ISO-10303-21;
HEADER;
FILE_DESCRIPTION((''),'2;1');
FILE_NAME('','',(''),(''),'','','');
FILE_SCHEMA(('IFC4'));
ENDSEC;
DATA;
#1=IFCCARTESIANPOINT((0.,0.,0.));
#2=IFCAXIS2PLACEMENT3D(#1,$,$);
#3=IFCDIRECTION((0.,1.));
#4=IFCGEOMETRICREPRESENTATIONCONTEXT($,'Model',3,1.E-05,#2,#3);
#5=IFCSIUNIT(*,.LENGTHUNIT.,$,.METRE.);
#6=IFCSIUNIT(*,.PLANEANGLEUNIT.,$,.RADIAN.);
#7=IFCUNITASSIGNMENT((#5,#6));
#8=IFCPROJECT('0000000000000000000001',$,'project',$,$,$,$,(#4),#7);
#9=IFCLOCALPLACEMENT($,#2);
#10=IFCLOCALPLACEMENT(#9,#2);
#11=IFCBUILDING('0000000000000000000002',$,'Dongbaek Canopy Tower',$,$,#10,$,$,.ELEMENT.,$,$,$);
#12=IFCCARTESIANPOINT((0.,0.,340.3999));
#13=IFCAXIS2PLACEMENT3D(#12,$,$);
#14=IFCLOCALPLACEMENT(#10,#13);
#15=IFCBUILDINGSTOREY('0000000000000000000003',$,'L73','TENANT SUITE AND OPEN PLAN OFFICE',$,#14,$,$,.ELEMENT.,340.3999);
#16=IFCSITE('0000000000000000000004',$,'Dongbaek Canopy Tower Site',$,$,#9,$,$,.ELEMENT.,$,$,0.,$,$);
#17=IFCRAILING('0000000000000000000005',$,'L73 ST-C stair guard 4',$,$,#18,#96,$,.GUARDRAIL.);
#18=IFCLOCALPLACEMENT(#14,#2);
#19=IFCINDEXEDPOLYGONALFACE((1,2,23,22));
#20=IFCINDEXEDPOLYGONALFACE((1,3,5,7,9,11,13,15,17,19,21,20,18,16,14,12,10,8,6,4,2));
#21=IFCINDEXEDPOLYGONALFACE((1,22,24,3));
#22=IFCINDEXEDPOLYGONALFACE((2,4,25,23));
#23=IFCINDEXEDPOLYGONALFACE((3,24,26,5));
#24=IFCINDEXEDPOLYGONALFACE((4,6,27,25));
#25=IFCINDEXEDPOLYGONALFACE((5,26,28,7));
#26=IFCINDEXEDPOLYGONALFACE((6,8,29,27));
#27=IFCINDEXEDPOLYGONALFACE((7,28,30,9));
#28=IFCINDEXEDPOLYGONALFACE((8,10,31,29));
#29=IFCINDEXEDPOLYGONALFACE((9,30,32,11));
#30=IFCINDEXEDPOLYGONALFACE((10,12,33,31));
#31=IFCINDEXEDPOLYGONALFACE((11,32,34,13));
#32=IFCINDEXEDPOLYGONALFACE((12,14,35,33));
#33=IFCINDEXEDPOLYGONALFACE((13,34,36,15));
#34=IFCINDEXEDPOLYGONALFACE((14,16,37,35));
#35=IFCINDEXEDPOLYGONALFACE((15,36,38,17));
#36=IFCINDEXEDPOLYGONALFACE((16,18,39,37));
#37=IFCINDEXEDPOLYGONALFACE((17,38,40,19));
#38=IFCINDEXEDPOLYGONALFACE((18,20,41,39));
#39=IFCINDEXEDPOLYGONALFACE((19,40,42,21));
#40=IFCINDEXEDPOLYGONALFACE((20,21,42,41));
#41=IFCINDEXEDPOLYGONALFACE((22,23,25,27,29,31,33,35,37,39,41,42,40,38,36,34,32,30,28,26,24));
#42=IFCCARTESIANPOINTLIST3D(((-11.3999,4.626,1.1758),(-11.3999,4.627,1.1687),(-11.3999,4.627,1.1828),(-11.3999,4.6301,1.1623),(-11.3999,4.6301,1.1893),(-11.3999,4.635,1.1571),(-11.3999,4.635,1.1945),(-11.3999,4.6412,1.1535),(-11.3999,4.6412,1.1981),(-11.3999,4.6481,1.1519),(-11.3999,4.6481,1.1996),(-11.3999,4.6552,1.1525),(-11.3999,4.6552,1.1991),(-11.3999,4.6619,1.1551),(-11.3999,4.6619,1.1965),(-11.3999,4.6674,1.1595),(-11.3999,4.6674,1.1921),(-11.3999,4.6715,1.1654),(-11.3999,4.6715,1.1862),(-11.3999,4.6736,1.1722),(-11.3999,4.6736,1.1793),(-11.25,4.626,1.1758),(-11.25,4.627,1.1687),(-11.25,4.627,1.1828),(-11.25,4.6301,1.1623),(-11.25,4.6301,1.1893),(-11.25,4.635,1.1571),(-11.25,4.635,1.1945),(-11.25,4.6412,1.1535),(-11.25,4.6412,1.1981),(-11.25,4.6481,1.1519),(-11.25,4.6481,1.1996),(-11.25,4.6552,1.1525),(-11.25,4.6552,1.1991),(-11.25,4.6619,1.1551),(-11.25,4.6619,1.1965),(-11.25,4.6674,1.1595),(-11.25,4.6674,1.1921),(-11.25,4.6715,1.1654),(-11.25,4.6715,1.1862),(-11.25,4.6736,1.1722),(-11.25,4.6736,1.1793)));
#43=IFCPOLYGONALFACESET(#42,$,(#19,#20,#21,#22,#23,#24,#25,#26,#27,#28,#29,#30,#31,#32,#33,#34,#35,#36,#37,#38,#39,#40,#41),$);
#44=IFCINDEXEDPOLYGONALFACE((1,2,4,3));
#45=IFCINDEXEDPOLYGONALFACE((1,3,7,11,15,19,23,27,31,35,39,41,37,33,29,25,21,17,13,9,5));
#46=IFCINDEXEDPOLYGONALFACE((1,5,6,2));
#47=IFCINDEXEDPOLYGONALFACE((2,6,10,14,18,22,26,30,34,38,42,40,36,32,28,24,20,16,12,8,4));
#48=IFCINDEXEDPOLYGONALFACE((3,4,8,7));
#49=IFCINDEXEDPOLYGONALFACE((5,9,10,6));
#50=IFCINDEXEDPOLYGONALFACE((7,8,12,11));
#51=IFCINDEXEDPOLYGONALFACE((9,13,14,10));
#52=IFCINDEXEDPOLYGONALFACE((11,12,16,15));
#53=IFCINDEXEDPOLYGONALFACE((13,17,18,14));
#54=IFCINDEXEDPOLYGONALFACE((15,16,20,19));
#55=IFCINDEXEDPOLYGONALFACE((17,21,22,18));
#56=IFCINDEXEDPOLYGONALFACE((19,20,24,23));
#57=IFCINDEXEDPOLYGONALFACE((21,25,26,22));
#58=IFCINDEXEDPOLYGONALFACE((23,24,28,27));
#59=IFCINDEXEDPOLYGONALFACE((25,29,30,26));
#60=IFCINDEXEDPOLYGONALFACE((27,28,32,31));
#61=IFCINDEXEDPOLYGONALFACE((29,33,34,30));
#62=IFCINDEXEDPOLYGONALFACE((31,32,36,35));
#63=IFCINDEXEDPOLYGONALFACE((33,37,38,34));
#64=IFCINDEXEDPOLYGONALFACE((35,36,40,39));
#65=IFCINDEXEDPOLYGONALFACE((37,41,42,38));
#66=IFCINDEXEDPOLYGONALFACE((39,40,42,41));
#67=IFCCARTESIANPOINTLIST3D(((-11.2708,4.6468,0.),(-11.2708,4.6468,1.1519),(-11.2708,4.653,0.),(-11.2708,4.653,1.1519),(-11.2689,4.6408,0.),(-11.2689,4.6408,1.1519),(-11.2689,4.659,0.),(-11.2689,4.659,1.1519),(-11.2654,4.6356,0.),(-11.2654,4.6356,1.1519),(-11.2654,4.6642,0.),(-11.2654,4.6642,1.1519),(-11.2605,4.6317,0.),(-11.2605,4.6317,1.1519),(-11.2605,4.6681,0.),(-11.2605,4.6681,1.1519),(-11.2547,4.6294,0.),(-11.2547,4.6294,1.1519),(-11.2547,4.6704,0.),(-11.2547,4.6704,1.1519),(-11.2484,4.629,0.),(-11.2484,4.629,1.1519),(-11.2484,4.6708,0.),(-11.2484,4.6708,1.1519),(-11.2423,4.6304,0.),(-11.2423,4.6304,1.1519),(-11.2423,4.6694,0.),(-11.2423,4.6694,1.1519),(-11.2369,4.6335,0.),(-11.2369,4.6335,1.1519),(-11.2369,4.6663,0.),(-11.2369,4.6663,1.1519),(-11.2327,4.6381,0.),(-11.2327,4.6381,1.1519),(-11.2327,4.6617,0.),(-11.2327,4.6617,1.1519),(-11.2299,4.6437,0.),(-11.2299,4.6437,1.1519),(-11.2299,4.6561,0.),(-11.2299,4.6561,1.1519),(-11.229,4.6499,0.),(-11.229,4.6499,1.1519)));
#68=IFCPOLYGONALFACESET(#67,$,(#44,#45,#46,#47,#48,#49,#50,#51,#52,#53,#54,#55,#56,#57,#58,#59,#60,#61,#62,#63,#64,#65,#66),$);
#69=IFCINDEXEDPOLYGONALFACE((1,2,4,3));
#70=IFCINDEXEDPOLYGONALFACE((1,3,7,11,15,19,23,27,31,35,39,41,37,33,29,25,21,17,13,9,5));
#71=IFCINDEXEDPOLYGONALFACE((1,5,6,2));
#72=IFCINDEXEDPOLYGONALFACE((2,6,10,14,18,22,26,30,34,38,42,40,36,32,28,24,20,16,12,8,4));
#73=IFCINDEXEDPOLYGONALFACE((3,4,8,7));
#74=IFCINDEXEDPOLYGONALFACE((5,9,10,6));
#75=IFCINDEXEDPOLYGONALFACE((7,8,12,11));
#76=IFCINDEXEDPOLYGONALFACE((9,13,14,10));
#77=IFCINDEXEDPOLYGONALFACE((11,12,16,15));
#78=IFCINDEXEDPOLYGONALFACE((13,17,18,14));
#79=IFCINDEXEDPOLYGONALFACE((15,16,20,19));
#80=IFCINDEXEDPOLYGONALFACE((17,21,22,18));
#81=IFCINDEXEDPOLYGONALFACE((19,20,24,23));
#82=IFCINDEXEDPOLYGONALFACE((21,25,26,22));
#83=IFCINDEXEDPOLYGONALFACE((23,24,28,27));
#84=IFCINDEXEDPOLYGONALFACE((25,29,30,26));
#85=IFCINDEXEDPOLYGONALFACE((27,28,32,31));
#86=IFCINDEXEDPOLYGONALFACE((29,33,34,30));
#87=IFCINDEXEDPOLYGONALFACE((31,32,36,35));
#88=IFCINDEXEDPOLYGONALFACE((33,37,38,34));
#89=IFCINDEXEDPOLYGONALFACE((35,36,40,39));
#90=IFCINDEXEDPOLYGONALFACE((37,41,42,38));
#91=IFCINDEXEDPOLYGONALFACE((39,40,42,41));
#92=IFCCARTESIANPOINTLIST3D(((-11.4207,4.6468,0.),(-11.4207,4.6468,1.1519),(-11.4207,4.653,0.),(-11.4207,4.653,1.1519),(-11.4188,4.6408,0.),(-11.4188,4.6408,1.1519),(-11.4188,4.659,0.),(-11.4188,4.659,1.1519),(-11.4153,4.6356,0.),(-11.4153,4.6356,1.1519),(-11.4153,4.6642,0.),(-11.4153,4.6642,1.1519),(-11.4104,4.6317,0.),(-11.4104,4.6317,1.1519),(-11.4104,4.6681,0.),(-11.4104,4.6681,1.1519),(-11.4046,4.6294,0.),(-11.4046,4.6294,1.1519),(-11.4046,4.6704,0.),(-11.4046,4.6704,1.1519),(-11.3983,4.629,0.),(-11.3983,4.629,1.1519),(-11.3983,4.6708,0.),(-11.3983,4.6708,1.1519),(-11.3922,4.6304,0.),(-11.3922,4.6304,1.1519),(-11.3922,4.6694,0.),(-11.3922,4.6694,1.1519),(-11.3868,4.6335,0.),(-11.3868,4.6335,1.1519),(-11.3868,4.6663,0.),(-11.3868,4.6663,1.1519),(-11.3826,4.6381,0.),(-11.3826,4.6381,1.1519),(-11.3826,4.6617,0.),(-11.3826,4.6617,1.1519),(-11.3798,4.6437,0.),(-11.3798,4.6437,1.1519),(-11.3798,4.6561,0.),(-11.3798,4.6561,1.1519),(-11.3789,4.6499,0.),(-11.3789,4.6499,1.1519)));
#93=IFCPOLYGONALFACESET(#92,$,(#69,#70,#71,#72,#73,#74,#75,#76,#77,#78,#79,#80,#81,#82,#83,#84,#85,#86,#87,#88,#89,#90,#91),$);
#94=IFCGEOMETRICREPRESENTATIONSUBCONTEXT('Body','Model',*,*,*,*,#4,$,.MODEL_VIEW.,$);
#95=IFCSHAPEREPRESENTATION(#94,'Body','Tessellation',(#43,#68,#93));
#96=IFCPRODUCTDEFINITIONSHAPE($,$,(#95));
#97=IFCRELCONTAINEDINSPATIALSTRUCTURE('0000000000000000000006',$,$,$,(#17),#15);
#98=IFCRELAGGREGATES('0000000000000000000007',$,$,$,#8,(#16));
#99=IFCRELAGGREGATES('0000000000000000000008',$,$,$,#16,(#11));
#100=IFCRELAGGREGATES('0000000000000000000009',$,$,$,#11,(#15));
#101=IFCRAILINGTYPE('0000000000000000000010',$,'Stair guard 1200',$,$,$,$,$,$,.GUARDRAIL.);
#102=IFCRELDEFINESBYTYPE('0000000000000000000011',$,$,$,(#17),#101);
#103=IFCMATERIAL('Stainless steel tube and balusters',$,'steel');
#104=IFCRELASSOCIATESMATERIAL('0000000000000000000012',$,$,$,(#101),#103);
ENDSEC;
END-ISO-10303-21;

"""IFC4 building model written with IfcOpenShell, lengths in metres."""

from ifc_helpers import new_model, si_unit, direction, frame, origin, origin_2d, place, context, subcontext, project, spatial, circle, extrude, material, type_object, element, save


model = new_model("IFC4")

# Units and contexts
model_context = context("Model", 3, precision=1e-05, world=origin(), true_north=direction((0.0, 1.0)))
body_context = subcontext(model_context, "Body", "Model", "MODEL_VIEW")
ifc_project = project(units=[si_unit("LENGTHUNIT", "METRE"), si_unit("PLANEANGLEUNIT", "RADIAN")], contexts=[model_context])

# Site, building, storey
site_placement = place(None, origin())
site = spatial("IfcSite", under=ifc_project, at=site_placement, Name="Dongbaek Canopy Tower Site", CompositionType="ELEMENT", RefElevation=0.0)
building_placement = place(site_placement, origin())
building = spatial("IfcBuilding", under=site, at=building_placement, Name="Dongbaek Canopy Tower", CompositionType="ELEMENT")
storey_placement = place(building_placement, frame((0.0, 0.0, 340.3999)))
storey = spatial("IfcBuildingStorey", under=building, at=storey_placement, Name="L73", Description="TENANT SUITE AND OPEN PLAN OFFICE", CompositionType="ELEMENT", Elevation=340.3999)

# Railing
ifc_material_1 = material(Name="Stainless steel tube and balusters", Category="steel")
railing_type_1 = type_object("IfcRailingType", Name="Stair guard 1200", PredefinedType="GUARDRAIL", material=ifc_material_1)
railing_1_placement = place(storey_placement, frame((-11.25, 4.6499, 0.0)))
element("IfcRailing", 1, at=railing_1_placement, inside=storey, type_object=railing_type_1, Name="L73 ST-C stair guard 4", PredefinedType="GUARDRAIL", context=body_context, shape_type="SweptSolid", body=[
    extrude(circle(Radius=0.0239, at=origin_2d()), frame((0.0, 0.0, 1.1758), z_axis=(-1.0, 0.0, 0.0), x_axis=(0.0, -1.0, 0.0)), (0.0, 0.0, 1.0), 0.1499),
    extrude(circle(Radius=0.021, at=origin_2d()), origin(), (0.0, 0.0, 1.0), 1.1519),
    extrude(circle(Radius=0.021, at=origin_2d()), frame((-0.1499, 0.0, 0.0)), (0.0, 0.0, 1.0), 1.1519),
])

save(model, "model.ifc")
